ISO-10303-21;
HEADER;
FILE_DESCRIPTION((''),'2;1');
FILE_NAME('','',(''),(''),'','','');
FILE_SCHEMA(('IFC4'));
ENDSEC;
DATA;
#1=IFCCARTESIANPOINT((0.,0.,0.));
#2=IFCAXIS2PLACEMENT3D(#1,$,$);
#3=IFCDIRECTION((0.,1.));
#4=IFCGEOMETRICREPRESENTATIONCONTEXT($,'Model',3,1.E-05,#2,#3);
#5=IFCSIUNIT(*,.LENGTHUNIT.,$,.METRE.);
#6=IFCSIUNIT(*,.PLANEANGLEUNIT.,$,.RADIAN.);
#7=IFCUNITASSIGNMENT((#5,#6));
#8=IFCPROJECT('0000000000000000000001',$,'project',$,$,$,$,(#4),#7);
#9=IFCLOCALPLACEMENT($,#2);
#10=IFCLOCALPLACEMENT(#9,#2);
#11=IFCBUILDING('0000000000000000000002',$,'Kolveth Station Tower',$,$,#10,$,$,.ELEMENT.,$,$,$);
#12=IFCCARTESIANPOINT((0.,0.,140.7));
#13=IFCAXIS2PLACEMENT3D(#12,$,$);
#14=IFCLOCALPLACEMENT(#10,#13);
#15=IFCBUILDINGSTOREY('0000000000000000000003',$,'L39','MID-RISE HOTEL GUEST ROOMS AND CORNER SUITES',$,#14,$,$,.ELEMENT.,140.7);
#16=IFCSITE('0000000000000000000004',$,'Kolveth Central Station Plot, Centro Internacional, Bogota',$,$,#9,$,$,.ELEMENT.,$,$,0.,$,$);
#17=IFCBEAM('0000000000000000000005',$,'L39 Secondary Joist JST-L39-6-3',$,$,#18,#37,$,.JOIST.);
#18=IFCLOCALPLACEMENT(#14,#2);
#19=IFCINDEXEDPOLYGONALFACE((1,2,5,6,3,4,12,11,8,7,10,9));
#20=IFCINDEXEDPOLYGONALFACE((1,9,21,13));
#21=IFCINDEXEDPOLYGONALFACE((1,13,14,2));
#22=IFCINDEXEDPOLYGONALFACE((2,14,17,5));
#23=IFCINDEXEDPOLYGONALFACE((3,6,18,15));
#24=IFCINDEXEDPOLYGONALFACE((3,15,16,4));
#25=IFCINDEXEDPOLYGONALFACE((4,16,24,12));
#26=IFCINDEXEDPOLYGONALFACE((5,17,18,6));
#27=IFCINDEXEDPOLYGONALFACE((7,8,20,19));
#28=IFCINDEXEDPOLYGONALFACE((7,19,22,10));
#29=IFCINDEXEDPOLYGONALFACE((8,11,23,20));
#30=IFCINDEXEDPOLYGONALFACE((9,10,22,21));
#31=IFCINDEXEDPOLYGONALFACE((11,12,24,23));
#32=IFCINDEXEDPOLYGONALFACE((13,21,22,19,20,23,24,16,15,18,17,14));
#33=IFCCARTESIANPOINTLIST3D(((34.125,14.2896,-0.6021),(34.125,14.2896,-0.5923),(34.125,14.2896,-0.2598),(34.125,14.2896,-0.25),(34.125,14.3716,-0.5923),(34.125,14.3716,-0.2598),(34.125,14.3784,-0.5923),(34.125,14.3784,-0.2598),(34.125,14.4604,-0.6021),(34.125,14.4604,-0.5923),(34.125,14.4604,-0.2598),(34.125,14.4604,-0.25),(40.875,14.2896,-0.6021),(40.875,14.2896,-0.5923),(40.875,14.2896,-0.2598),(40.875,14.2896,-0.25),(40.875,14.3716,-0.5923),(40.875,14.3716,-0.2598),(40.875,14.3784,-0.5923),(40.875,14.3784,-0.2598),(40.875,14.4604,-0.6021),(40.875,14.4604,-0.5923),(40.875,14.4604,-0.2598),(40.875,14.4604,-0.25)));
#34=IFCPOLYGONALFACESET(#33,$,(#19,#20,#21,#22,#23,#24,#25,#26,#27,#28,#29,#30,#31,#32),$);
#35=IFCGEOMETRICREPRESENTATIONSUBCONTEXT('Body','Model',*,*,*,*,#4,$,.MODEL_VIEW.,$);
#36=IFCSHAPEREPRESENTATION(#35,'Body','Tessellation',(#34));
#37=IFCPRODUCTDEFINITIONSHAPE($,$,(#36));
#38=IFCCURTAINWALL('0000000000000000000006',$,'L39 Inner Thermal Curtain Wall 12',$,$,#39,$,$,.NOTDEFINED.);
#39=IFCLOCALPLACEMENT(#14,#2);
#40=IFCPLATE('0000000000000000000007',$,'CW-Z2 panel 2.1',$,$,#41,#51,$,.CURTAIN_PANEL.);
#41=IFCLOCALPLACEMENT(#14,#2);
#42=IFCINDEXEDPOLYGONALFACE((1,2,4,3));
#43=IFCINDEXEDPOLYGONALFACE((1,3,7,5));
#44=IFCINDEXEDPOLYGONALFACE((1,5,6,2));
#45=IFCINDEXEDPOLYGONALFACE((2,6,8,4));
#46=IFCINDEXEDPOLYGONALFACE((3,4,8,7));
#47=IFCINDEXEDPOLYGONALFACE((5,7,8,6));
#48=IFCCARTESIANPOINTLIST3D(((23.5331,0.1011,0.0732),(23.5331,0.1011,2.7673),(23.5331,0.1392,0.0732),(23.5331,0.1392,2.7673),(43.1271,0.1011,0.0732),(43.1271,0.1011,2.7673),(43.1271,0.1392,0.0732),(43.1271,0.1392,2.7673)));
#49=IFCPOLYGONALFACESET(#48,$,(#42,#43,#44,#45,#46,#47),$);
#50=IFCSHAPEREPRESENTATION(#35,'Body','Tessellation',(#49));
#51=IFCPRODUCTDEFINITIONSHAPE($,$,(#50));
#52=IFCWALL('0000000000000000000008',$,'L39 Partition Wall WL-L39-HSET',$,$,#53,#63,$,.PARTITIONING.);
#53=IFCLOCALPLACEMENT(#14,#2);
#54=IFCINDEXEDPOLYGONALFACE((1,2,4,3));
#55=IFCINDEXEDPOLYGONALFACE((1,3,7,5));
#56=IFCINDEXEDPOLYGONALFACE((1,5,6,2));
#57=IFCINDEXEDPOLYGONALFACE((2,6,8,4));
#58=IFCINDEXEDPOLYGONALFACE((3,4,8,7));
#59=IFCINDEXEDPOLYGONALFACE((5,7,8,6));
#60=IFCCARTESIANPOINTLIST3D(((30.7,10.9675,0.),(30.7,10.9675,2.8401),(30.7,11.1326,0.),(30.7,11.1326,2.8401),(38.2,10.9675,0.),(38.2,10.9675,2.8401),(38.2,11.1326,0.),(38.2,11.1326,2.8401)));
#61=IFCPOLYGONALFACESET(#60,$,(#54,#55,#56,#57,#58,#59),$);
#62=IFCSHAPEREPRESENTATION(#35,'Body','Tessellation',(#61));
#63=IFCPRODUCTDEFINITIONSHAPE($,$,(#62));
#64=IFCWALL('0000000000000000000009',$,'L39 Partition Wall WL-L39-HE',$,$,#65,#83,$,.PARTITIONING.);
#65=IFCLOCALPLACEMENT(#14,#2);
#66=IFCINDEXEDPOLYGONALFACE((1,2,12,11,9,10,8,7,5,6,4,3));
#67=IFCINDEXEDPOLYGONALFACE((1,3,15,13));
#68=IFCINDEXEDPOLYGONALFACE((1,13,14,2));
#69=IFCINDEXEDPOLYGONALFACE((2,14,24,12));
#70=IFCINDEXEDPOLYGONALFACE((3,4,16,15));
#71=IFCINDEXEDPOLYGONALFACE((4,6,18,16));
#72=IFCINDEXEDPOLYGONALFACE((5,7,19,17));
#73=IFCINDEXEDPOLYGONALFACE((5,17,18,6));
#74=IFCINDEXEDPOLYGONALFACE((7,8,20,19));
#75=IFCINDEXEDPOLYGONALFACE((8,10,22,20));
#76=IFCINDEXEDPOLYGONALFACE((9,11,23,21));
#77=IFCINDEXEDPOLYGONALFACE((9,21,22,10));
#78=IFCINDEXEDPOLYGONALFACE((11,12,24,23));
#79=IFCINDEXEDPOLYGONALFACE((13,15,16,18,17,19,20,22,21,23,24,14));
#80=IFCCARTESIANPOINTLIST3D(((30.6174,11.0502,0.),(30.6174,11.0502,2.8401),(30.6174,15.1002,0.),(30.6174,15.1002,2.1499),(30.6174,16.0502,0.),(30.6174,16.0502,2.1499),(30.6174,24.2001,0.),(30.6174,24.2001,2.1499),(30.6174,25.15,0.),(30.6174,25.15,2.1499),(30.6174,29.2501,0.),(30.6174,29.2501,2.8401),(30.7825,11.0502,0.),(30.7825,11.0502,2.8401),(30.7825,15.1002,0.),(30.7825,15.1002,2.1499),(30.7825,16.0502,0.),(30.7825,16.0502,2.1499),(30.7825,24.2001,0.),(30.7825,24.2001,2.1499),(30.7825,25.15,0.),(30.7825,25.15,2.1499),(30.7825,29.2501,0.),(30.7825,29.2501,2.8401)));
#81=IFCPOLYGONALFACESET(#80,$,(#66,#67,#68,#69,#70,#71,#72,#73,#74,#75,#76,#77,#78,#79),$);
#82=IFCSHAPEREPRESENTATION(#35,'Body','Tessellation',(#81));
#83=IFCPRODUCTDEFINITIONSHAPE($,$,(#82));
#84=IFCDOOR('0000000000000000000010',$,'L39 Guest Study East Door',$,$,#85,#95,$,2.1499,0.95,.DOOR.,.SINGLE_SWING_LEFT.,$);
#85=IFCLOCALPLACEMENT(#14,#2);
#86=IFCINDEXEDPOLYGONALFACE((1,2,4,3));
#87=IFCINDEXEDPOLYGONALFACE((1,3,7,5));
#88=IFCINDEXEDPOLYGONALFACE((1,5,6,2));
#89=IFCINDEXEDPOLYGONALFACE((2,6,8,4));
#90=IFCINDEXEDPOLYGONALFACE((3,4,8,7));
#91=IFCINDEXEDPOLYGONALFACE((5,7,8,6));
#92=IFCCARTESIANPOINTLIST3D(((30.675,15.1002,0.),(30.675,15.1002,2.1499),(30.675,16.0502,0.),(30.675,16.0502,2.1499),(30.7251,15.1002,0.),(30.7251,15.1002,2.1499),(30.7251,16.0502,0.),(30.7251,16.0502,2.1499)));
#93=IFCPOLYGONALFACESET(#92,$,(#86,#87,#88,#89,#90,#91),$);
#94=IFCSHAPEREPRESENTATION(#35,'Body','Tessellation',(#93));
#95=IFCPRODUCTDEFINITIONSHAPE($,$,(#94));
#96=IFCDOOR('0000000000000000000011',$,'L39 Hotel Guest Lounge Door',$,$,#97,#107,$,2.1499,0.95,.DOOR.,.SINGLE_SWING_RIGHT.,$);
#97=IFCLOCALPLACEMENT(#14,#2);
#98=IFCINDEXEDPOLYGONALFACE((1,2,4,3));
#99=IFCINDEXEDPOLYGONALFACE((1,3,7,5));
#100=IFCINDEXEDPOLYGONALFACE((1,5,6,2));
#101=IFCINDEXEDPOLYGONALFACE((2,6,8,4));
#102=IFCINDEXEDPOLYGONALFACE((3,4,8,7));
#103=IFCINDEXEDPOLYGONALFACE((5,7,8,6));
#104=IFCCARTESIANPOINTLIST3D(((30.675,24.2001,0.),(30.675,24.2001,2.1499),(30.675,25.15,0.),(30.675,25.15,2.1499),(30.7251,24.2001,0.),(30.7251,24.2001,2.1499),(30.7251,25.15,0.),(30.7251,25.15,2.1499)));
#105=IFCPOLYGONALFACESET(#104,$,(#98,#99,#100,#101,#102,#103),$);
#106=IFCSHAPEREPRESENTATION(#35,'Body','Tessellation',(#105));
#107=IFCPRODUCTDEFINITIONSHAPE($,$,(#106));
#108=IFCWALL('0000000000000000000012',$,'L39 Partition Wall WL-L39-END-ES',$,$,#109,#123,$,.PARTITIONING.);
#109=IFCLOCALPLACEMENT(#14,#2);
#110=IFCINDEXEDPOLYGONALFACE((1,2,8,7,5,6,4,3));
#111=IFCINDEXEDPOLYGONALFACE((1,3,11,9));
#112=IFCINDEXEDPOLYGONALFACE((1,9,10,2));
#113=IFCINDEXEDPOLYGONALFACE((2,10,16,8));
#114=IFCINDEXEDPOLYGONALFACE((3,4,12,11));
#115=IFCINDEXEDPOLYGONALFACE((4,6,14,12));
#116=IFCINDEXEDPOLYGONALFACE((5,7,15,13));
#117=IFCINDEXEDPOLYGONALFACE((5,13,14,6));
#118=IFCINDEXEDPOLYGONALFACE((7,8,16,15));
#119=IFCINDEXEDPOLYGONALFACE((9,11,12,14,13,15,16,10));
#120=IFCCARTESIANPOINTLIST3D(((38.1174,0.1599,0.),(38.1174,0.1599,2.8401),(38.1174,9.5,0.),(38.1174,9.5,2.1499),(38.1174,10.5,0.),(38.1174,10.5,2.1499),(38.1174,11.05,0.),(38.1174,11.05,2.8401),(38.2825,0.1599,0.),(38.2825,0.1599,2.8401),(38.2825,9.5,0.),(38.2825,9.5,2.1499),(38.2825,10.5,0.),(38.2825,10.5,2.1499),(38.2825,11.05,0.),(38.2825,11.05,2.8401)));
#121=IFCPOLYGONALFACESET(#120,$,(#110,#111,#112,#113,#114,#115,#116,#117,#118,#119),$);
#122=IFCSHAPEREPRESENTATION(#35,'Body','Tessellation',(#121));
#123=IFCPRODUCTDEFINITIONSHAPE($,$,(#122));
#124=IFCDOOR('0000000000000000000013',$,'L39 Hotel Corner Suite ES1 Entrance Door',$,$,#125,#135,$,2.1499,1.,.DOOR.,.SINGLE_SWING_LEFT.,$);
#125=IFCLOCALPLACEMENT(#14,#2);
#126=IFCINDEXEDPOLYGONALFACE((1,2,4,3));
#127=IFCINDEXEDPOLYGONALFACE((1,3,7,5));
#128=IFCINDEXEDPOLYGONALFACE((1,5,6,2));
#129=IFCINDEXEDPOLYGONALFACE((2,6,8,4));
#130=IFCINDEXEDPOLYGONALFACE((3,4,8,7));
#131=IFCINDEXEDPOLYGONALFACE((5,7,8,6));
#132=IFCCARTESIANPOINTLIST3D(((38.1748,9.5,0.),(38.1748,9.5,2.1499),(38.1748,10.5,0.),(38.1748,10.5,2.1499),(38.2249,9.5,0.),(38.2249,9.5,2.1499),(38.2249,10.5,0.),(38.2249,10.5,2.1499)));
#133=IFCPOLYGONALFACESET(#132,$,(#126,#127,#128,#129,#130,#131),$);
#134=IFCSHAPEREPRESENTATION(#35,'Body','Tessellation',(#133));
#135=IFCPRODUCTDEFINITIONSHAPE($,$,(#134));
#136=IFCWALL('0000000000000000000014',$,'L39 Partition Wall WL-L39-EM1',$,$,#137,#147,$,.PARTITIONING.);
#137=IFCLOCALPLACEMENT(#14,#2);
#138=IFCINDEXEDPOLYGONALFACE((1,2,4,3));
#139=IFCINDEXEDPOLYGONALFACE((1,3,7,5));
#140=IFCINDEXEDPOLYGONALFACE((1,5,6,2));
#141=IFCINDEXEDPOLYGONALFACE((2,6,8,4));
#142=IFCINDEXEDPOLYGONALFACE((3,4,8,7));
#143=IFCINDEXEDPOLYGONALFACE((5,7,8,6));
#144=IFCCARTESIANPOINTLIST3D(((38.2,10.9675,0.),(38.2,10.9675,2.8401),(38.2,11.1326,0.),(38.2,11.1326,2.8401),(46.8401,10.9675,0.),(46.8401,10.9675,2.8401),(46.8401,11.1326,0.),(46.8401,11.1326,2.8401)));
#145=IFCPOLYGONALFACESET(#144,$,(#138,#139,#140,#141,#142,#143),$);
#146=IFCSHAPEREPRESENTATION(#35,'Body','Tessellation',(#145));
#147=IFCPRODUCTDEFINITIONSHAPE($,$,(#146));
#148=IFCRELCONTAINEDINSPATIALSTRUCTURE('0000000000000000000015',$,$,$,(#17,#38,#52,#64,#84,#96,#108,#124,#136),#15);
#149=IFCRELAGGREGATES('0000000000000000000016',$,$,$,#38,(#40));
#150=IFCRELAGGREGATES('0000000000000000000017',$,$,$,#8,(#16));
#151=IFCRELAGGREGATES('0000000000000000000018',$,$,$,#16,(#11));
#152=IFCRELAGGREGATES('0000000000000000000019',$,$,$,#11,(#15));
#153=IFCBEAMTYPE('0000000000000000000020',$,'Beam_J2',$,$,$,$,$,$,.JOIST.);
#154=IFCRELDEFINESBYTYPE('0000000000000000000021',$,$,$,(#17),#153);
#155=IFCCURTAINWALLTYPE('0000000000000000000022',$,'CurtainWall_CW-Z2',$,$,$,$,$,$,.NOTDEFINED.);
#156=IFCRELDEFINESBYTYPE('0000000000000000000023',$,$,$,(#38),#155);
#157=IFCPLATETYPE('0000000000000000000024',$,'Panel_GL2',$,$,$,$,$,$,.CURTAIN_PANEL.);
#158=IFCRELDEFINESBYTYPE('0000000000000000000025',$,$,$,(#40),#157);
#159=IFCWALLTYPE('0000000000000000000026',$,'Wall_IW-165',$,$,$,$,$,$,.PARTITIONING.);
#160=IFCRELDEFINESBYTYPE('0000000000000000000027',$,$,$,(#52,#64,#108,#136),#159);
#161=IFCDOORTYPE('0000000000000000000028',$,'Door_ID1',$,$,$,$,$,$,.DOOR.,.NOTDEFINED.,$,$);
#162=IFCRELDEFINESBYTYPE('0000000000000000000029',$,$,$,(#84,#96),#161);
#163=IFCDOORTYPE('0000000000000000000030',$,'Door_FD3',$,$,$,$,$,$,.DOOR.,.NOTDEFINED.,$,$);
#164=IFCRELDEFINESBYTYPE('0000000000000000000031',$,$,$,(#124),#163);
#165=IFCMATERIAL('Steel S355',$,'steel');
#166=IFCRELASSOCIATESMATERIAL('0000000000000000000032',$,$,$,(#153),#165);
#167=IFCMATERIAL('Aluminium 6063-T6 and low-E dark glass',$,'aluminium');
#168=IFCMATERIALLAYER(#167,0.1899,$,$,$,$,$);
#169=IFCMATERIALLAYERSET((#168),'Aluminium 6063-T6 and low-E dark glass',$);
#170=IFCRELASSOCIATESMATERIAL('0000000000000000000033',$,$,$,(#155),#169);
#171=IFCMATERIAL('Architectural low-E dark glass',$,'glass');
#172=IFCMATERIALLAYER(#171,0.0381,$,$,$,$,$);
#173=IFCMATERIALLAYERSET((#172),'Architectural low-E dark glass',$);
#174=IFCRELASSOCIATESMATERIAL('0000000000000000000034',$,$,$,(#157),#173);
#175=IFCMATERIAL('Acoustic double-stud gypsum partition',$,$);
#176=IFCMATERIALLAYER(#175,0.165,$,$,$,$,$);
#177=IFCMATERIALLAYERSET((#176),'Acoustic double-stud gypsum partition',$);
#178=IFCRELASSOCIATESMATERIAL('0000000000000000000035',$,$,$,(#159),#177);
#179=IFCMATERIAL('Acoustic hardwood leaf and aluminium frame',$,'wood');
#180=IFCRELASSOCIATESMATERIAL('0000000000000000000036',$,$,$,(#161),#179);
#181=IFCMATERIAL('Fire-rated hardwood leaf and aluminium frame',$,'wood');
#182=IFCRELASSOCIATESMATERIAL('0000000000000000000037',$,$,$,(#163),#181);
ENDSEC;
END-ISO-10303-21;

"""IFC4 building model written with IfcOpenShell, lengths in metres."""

from ifc_helpers import new_model, si_unit, direction, frame, frame_2d, origin, origin_2d, place, context, subcontext, project, spatial, rectangle, i_section, extrude, source, transform, mapped, material, layer, layer_set, material_profile, profile_set, type_object, element, fill, aggregate, save


model = new_model("IFC4")

# Units and contexts
model_context = context("Model", 3, precision=1e-05, world=origin(), true_north=direction((0.0, 1.0)))
body_context = subcontext(model_context, "Body", "Model", "MODEL_VIEW")
ifc_project = project(units=[si_unit("LENGTHUNIT", "METRE"), si_unit("PLANEANGLEUNIT", "RADIAN")], contexts=[model_context])

# Site, building, storey
site_placement = place(None, origin())
site = spatial("IfcSite", under=ifc_project, at=site_placement, Name="Kolveth Central Station Plot, Centro Internacional, Bogota", CompositionType="ELEMENT", RefElevation=0.0)
building_placement = place(site_placement, origin())
building = spatial("IfcBuilding", under=site, at=building_placement, Name="Kolveth Station Tower", CompositionType="ELEMENT")
storey_placement = place(building_placement, frame((0.0, 0.0, 140.7)))
storey = spatial("IfcBuildingStorey", under=building, at=storey_placement, Name="L39", Description="MID-RISE HOTEL GUEST ROOMS AND CORNER SUITES", CompositionType="ELEMENT", Elevation=140.7)

# Beam
ifc_material_1 = material(Name="Steel S355", Category="steel")
ifc_material_profile_1 = material_profile(ifc_material_1, i_section(OverallWidth=0.1709, OverallDepth=0.3521, WebThickness=0.0068, FlangeThickness=0.0098, at=origin_2d()), Name="W360x44")
ifc_profile_set_1 = profile_set([ifc_material_profile_1], Name="Steel S355")
beam_type_1 = type_object("IfcBeamType", Name="Beam_J2", PredefinedType="JOIST", material=ifc_profile_set_1)
shared_shape_1 = source(origin(), body_context, "Body", "SweptSolid", [
    extrude(i_section(OverallWidth=0.1709, OverallDepth=0.3521, WebThickness=0.0068, FlangeThickness=0.0098, at=origin_2d()), origin(), (0.0, 0.0, 1.0), 6.75),
])
for number, where, z_axis, x_axis, name in (
    (1, (34.125, 14.375, -0.426), (1.0, 0.0, 0.0), (0.0, 1.0, 0.0), "L39 Secondary Joist JST-L39-6-3"),
):
    element("IfcBeam", number, at=place(storey_placement, frame(where, z_axis=z_axis, x_axis=x_axis)), inside=storey, type_object=beam_type_1, Name=name, PredefinedType="JOIST", context=body_context, shape_type="MappedRepresentation", body=[
        mapped(shared_shape_1, transform((0.0, 0.0, 0.0), x_axis=(1.0, 0.0, 0.0), y_axis=(0.0, 1.0, 0.0), z_axis=(0.0, 0.0, 1.0), scale=1.0)),
    ])

# Curtain wall, plate
ifc_material_2 = material(Name="Aluminium 6063-T6 and low-E dark glass", Category="aluminium")
ifc_layer_1 = layer(ifc_material_2, 0.1899)
ifc_layer_set_1 = layer_set([ifc_layer_1], Name="Aluminium 6063-T6 and low-E dark glass")
curtain_wall_type = type_object("IfcCurtainWallType", Name="CurtainWall_CW-Z2", PredefinedType="NOTDEFINED", material=ifc_layer_set_1)
curtain_wall_placement = place(storey_placement, origin())
curtain_wall = element("IfcCurtainWall", 2, at=curtain_wall_placement, inside=storey, type_object=curtain_wall_type, Name="L39 Inner Thermal Curtain Wall 12", PredefinedType="NOTDEFINED")
ifc_material_3 = material(Name="Architectural low-E dark glass", Category="glass")
ifc_layer_2 = layer(ifc_material_3, 0.0381)
ifc_layer_set_2 = layer_set([ifc_layer_2], Name="Architectural low-E dark glass")
plate_type = type_object("IfcPlateType", Name="Panel_GL2", PredefinedType="CURTAIN_PANEL", material=ifc_layer_set_2)
shared_shape_2 = source(origin(), body_context, "Body", "SweptSolid", [
    extrude(rectangle(XDim=19.594, YDim=0.0381, at=origin_2d()), origin(), (0.0, 0.0, 1.0), 2.6941),
])
plate_placement = place(storey_placement, frame((33.3301, 0.1201, 0.0732), z_axis=(0.0, 0.0, 1.0), x_axis=(1.0, 0.0, 0.0)))
plate = element("IfcPlate", 3, at=plate_placement, type_object=plate_type, Name="CW-Z2 panel 2.1", PredefinedType="CURTAIN_PANEL", context=body_context, shape_type="MappedRepresentation", body=[
    mapped(shared_shape_2, transform((0.0, 0.0, 0.0), x_axis=(1.0, 0.0, 0.0), y_axis=(0.0, 1.0, 0.0), z_axis=(0.0, 0.0, 1.0), scale=1.0)),
])
aggregate(curtain_wall, [plate])

# Wall
ifc_material_4 = material(Name="Acoustic double-stud gypsum partition")
ifc_layer_3 = layer(ifc_material_4, 0.165)
ifc_layer_set_3 = layer_set([ifc_layer_3], Name="Acoustic double-stud gypsum partition")
wall_type = type_object("IfcWallType", Name="Wall_IW-165", PredefinedType="PARTITIONING", material=ifc_layer_set_3)
wall_1_placement = place(storey_placement, frame((30.7, 11.05, 0.0), z_axis=(0.0, 0.0, 1.0), x_axis=(1.0, 0.0, 0.0)))
element("IfcWall", 4, at=wall_1_placement, inside=storey, type_object=wall_type, Name="L39 Partition Wall WL-L39-HSET", PredefinedType="PARTITIONING", context=body_context, shape_type="SweptSolid", body=[
    extrude(rectangle(XDim=7.5, YDim=0.165, at=frame_2d((3.75, 0.0))), origin(), (0.0, 0.0, 1.0), 2.8401),
])

# Wall, openings, doors
wall_2_placement = place(storey_placement, frame((30.7, 11.05, 0.0), z_axis=(0.0, 0.0, 1.0), x_axis=(0.0, 1.0, 0.0)))
wall_2 = element("IfcWall", 5, at=wall_2_placement, inside=storey, type_object=wall_type, Name="L39 Partition Wall WL-L39-HE", PredefinedType="PARTITIONING", context=body_context, shape_type="SweptSolid", body=[
    extrude(rectangle(XDim=18.2, YDim=0.165, at=frame_2d((9.1001, 0.0))), origin(), (0.0, 0.0, 1.0), 2.8401),
])
opening_1_placement = place(wall_2_placement, frame((4.05, 0.0, 0.0)))
opening_1 = element("IfcOpeningElement", 6, at=opening_1_placement, cuts=wall_2, PredefinedType="OPENING", context=body_context, shape_type="SweptSolid", body=[
    extrude(rectangle(XDim=0.95, YDim=2.1499, at=frame_2d((0.4751, 1.075))), frame((0.0, 0.0925, 0.0), z_axis=(0.0, -1.0, 0.0), x_axis=(1.0, 0.0, 0.0)), (0.0, 0.0, 1.0), 0.1851),
])
opening_2_placement = place(wall_2_placement, frame((13.1499, 0.0, 0.0)))
opening_2 = element("IfcOpeningElement", 7, at=opening_2_placement, cuts=wall_2, PredefinedType="OPENING", context=body_context, shape_type="SweptSolid", body=[
    extrude(rectangle(XDim=0.95, YDim=2.1499, at=frame_2d((0.4751, 1.075))), frame((0.0, 0.0925, 0.0), z_axis=(0.0, -1.0, 0.0), x_axis=(1.0, 0.0, 0.0)), (0.0, 0.0, 1.0), 0.1851),
])
ifc_material_5 = material(Name="Acoustic hardwood leaf and aluminium frame", Category="wood")
door_type_1 = type_object("IfcDoorType", Name="Door_ID1", OperationType="NOTDEFINED", PredefinedType="DOOR", material=ifc_material_5)
door_1_placement = place(opening_1_placement, origin())
door_1 = element("IfcDoor", 8, at=door_1_placement, inside=storey, type_object=door_type_1, Name="L39 Guest Study East Door", OperationType="SINGLE_SWING_LEFT", OverallHeight=2.1499, OverallWidth=0.95, PredefinedType="DOOR", context=body_context, shape_type="SweptSolid", body=[
    extrude(rectangle(XDim=0.95, YDim=2.1499, at=frame_2d((0.4751, 1.075))), frame((0.0, 0.0249, 0.0), z_axis=(0.0, -1.0, 0.0), x_axis=(1.0, 0.0, 0.0)), (0.0, 0.0, 1.0), 0.05),
])
fill(opening_1, door_1)
door_2_placement = place(opening_2_placement, origin())
door_2 = element("IfcDoor", 9, at=door_2_placement, inside=storey, type_object=door_type_1, Name="L39 Hotel Guest Lounge Door", OperationType="SINGLE_SWING_RIGHT", OverallHeight=2.1499, OverallWidth=0.95, PredefinedType="DOOR", context=body_context, shape_type="SweptSolid", body=[
    extrude(rectangle(XDim=0.95, YDim=2.1499, at=frame_2d((0.4751, 1.075))), frame((0.0, 0.0249, 0.0), z_axis=(0.0, -1.0, 0.0), x_axis=(1.0, 0.0, 0.0)), (0.0, 0.0, 1.0), 0.05),
])
fill(opening_2, door_2)

# Wall, opening, door
wall_3_placement = place(storey_placement, frame((38.2, 0.1599, 0.0), z_axis=(0.0, 0.0, 1.0), x_axis=(0.0, 1.0, 0.0)))
wall_3 = element("IfcWall", 10, at=wall_3_placement, inside=storey, type_object=wall_type, Name="L39 Partition Wall WL-L39-END-ES", PredefinedType="PARTITIONING", context=body_context, shape_type="SweptSolid", body=[
    extrude(rectangle(XDim=10.8901, YDim=0.165, at=frame_2d((5.4451, 0.0))), origin(), (0.0, 0.0, 1.0), 2.8401),
])
opening_3_placement = place(wall_3_placement, frame((9.3401, 0.0, 0.0)))
opening_3 = element("IfcOpeningElement", 11, at=opening_3_placement, cuts=wall_3, PredefinedType="OPENING", context=body_context, shape_type="SweptSolid", body=[
    extrude(rectangle(XDim=1.0, YDim=2.1499, at=frame_2d((0.5, 1.075))), frame((0.0, 0.0925, 0.0), z_axis=(0.0, -1.0, 0.0), x_axis=(1.0, 0.0, 0.0)), (0.0, 0.0, 1.0), 0.1851),
])
ifc_material_6 = material(Name="Fire-rated hardwood leaf and aluminium frame", Category="wood")
door_type_2 = type_object("IfcDoorType", Name="Door_FD3", OperationType="NOTDEFINED", PredefinedType="DOOR", material=ifc_material_6)
door_3_placement = place(opening_3_placement, frame((1.0, 0.0, 0.0), z_axis=(0.0, 0.0, 1.0), x_axis=(-1.0, 0.0, 0.0)))
door_3 = element("IfcDoor", 12, at=door_3_placement, inside=storey, type_object=door_type_2, Name="L39 Hotel Corner Suite ES1 Entrance Door", OperationType="SINGLE_SWING_LEFT", OverallHeight=2.1499, OverallWidth=1.0, PredefinedType="DOOR", context=body_context, shape_type="SweptSolid", body=[
    extrude(rectangle(XDim=1.0, YDim=2.1499, at=frame_2d((0.5, 1.075))), frame((0.0, 0.0249, 0.0), z_axis=(0.0, -1.0, 0.0), x_axis=(1.0, 0.0, 0.0)), (0.0, 0.0, 1.0), 0.05),
])
fill(opening_3, door_3)

# Wall
wall_4_placement = place(storey_placement, frame((38.2, 11.05, 0.0), z_axis=(0.0, 0.0, 1.0), x_axis=(1.0, 0.0, 0.0)))
element("IfcWall", 13, at=wall_4_placement, inside=storey, type_object=wall_type, Name="L39 Partition Wall WL-L39-EM1", PredefinedType="PARTITIONING", context=body_context, shape_type="SweptSolid", body=[
    extrude(rectangle(XDim=8.6401, YDim=0.165, at=frame_2d((4.3201, 0.0))), origin(), (0.0, 0.0, 1.0), 2.8401),
])

save(model, "model.ifc")
